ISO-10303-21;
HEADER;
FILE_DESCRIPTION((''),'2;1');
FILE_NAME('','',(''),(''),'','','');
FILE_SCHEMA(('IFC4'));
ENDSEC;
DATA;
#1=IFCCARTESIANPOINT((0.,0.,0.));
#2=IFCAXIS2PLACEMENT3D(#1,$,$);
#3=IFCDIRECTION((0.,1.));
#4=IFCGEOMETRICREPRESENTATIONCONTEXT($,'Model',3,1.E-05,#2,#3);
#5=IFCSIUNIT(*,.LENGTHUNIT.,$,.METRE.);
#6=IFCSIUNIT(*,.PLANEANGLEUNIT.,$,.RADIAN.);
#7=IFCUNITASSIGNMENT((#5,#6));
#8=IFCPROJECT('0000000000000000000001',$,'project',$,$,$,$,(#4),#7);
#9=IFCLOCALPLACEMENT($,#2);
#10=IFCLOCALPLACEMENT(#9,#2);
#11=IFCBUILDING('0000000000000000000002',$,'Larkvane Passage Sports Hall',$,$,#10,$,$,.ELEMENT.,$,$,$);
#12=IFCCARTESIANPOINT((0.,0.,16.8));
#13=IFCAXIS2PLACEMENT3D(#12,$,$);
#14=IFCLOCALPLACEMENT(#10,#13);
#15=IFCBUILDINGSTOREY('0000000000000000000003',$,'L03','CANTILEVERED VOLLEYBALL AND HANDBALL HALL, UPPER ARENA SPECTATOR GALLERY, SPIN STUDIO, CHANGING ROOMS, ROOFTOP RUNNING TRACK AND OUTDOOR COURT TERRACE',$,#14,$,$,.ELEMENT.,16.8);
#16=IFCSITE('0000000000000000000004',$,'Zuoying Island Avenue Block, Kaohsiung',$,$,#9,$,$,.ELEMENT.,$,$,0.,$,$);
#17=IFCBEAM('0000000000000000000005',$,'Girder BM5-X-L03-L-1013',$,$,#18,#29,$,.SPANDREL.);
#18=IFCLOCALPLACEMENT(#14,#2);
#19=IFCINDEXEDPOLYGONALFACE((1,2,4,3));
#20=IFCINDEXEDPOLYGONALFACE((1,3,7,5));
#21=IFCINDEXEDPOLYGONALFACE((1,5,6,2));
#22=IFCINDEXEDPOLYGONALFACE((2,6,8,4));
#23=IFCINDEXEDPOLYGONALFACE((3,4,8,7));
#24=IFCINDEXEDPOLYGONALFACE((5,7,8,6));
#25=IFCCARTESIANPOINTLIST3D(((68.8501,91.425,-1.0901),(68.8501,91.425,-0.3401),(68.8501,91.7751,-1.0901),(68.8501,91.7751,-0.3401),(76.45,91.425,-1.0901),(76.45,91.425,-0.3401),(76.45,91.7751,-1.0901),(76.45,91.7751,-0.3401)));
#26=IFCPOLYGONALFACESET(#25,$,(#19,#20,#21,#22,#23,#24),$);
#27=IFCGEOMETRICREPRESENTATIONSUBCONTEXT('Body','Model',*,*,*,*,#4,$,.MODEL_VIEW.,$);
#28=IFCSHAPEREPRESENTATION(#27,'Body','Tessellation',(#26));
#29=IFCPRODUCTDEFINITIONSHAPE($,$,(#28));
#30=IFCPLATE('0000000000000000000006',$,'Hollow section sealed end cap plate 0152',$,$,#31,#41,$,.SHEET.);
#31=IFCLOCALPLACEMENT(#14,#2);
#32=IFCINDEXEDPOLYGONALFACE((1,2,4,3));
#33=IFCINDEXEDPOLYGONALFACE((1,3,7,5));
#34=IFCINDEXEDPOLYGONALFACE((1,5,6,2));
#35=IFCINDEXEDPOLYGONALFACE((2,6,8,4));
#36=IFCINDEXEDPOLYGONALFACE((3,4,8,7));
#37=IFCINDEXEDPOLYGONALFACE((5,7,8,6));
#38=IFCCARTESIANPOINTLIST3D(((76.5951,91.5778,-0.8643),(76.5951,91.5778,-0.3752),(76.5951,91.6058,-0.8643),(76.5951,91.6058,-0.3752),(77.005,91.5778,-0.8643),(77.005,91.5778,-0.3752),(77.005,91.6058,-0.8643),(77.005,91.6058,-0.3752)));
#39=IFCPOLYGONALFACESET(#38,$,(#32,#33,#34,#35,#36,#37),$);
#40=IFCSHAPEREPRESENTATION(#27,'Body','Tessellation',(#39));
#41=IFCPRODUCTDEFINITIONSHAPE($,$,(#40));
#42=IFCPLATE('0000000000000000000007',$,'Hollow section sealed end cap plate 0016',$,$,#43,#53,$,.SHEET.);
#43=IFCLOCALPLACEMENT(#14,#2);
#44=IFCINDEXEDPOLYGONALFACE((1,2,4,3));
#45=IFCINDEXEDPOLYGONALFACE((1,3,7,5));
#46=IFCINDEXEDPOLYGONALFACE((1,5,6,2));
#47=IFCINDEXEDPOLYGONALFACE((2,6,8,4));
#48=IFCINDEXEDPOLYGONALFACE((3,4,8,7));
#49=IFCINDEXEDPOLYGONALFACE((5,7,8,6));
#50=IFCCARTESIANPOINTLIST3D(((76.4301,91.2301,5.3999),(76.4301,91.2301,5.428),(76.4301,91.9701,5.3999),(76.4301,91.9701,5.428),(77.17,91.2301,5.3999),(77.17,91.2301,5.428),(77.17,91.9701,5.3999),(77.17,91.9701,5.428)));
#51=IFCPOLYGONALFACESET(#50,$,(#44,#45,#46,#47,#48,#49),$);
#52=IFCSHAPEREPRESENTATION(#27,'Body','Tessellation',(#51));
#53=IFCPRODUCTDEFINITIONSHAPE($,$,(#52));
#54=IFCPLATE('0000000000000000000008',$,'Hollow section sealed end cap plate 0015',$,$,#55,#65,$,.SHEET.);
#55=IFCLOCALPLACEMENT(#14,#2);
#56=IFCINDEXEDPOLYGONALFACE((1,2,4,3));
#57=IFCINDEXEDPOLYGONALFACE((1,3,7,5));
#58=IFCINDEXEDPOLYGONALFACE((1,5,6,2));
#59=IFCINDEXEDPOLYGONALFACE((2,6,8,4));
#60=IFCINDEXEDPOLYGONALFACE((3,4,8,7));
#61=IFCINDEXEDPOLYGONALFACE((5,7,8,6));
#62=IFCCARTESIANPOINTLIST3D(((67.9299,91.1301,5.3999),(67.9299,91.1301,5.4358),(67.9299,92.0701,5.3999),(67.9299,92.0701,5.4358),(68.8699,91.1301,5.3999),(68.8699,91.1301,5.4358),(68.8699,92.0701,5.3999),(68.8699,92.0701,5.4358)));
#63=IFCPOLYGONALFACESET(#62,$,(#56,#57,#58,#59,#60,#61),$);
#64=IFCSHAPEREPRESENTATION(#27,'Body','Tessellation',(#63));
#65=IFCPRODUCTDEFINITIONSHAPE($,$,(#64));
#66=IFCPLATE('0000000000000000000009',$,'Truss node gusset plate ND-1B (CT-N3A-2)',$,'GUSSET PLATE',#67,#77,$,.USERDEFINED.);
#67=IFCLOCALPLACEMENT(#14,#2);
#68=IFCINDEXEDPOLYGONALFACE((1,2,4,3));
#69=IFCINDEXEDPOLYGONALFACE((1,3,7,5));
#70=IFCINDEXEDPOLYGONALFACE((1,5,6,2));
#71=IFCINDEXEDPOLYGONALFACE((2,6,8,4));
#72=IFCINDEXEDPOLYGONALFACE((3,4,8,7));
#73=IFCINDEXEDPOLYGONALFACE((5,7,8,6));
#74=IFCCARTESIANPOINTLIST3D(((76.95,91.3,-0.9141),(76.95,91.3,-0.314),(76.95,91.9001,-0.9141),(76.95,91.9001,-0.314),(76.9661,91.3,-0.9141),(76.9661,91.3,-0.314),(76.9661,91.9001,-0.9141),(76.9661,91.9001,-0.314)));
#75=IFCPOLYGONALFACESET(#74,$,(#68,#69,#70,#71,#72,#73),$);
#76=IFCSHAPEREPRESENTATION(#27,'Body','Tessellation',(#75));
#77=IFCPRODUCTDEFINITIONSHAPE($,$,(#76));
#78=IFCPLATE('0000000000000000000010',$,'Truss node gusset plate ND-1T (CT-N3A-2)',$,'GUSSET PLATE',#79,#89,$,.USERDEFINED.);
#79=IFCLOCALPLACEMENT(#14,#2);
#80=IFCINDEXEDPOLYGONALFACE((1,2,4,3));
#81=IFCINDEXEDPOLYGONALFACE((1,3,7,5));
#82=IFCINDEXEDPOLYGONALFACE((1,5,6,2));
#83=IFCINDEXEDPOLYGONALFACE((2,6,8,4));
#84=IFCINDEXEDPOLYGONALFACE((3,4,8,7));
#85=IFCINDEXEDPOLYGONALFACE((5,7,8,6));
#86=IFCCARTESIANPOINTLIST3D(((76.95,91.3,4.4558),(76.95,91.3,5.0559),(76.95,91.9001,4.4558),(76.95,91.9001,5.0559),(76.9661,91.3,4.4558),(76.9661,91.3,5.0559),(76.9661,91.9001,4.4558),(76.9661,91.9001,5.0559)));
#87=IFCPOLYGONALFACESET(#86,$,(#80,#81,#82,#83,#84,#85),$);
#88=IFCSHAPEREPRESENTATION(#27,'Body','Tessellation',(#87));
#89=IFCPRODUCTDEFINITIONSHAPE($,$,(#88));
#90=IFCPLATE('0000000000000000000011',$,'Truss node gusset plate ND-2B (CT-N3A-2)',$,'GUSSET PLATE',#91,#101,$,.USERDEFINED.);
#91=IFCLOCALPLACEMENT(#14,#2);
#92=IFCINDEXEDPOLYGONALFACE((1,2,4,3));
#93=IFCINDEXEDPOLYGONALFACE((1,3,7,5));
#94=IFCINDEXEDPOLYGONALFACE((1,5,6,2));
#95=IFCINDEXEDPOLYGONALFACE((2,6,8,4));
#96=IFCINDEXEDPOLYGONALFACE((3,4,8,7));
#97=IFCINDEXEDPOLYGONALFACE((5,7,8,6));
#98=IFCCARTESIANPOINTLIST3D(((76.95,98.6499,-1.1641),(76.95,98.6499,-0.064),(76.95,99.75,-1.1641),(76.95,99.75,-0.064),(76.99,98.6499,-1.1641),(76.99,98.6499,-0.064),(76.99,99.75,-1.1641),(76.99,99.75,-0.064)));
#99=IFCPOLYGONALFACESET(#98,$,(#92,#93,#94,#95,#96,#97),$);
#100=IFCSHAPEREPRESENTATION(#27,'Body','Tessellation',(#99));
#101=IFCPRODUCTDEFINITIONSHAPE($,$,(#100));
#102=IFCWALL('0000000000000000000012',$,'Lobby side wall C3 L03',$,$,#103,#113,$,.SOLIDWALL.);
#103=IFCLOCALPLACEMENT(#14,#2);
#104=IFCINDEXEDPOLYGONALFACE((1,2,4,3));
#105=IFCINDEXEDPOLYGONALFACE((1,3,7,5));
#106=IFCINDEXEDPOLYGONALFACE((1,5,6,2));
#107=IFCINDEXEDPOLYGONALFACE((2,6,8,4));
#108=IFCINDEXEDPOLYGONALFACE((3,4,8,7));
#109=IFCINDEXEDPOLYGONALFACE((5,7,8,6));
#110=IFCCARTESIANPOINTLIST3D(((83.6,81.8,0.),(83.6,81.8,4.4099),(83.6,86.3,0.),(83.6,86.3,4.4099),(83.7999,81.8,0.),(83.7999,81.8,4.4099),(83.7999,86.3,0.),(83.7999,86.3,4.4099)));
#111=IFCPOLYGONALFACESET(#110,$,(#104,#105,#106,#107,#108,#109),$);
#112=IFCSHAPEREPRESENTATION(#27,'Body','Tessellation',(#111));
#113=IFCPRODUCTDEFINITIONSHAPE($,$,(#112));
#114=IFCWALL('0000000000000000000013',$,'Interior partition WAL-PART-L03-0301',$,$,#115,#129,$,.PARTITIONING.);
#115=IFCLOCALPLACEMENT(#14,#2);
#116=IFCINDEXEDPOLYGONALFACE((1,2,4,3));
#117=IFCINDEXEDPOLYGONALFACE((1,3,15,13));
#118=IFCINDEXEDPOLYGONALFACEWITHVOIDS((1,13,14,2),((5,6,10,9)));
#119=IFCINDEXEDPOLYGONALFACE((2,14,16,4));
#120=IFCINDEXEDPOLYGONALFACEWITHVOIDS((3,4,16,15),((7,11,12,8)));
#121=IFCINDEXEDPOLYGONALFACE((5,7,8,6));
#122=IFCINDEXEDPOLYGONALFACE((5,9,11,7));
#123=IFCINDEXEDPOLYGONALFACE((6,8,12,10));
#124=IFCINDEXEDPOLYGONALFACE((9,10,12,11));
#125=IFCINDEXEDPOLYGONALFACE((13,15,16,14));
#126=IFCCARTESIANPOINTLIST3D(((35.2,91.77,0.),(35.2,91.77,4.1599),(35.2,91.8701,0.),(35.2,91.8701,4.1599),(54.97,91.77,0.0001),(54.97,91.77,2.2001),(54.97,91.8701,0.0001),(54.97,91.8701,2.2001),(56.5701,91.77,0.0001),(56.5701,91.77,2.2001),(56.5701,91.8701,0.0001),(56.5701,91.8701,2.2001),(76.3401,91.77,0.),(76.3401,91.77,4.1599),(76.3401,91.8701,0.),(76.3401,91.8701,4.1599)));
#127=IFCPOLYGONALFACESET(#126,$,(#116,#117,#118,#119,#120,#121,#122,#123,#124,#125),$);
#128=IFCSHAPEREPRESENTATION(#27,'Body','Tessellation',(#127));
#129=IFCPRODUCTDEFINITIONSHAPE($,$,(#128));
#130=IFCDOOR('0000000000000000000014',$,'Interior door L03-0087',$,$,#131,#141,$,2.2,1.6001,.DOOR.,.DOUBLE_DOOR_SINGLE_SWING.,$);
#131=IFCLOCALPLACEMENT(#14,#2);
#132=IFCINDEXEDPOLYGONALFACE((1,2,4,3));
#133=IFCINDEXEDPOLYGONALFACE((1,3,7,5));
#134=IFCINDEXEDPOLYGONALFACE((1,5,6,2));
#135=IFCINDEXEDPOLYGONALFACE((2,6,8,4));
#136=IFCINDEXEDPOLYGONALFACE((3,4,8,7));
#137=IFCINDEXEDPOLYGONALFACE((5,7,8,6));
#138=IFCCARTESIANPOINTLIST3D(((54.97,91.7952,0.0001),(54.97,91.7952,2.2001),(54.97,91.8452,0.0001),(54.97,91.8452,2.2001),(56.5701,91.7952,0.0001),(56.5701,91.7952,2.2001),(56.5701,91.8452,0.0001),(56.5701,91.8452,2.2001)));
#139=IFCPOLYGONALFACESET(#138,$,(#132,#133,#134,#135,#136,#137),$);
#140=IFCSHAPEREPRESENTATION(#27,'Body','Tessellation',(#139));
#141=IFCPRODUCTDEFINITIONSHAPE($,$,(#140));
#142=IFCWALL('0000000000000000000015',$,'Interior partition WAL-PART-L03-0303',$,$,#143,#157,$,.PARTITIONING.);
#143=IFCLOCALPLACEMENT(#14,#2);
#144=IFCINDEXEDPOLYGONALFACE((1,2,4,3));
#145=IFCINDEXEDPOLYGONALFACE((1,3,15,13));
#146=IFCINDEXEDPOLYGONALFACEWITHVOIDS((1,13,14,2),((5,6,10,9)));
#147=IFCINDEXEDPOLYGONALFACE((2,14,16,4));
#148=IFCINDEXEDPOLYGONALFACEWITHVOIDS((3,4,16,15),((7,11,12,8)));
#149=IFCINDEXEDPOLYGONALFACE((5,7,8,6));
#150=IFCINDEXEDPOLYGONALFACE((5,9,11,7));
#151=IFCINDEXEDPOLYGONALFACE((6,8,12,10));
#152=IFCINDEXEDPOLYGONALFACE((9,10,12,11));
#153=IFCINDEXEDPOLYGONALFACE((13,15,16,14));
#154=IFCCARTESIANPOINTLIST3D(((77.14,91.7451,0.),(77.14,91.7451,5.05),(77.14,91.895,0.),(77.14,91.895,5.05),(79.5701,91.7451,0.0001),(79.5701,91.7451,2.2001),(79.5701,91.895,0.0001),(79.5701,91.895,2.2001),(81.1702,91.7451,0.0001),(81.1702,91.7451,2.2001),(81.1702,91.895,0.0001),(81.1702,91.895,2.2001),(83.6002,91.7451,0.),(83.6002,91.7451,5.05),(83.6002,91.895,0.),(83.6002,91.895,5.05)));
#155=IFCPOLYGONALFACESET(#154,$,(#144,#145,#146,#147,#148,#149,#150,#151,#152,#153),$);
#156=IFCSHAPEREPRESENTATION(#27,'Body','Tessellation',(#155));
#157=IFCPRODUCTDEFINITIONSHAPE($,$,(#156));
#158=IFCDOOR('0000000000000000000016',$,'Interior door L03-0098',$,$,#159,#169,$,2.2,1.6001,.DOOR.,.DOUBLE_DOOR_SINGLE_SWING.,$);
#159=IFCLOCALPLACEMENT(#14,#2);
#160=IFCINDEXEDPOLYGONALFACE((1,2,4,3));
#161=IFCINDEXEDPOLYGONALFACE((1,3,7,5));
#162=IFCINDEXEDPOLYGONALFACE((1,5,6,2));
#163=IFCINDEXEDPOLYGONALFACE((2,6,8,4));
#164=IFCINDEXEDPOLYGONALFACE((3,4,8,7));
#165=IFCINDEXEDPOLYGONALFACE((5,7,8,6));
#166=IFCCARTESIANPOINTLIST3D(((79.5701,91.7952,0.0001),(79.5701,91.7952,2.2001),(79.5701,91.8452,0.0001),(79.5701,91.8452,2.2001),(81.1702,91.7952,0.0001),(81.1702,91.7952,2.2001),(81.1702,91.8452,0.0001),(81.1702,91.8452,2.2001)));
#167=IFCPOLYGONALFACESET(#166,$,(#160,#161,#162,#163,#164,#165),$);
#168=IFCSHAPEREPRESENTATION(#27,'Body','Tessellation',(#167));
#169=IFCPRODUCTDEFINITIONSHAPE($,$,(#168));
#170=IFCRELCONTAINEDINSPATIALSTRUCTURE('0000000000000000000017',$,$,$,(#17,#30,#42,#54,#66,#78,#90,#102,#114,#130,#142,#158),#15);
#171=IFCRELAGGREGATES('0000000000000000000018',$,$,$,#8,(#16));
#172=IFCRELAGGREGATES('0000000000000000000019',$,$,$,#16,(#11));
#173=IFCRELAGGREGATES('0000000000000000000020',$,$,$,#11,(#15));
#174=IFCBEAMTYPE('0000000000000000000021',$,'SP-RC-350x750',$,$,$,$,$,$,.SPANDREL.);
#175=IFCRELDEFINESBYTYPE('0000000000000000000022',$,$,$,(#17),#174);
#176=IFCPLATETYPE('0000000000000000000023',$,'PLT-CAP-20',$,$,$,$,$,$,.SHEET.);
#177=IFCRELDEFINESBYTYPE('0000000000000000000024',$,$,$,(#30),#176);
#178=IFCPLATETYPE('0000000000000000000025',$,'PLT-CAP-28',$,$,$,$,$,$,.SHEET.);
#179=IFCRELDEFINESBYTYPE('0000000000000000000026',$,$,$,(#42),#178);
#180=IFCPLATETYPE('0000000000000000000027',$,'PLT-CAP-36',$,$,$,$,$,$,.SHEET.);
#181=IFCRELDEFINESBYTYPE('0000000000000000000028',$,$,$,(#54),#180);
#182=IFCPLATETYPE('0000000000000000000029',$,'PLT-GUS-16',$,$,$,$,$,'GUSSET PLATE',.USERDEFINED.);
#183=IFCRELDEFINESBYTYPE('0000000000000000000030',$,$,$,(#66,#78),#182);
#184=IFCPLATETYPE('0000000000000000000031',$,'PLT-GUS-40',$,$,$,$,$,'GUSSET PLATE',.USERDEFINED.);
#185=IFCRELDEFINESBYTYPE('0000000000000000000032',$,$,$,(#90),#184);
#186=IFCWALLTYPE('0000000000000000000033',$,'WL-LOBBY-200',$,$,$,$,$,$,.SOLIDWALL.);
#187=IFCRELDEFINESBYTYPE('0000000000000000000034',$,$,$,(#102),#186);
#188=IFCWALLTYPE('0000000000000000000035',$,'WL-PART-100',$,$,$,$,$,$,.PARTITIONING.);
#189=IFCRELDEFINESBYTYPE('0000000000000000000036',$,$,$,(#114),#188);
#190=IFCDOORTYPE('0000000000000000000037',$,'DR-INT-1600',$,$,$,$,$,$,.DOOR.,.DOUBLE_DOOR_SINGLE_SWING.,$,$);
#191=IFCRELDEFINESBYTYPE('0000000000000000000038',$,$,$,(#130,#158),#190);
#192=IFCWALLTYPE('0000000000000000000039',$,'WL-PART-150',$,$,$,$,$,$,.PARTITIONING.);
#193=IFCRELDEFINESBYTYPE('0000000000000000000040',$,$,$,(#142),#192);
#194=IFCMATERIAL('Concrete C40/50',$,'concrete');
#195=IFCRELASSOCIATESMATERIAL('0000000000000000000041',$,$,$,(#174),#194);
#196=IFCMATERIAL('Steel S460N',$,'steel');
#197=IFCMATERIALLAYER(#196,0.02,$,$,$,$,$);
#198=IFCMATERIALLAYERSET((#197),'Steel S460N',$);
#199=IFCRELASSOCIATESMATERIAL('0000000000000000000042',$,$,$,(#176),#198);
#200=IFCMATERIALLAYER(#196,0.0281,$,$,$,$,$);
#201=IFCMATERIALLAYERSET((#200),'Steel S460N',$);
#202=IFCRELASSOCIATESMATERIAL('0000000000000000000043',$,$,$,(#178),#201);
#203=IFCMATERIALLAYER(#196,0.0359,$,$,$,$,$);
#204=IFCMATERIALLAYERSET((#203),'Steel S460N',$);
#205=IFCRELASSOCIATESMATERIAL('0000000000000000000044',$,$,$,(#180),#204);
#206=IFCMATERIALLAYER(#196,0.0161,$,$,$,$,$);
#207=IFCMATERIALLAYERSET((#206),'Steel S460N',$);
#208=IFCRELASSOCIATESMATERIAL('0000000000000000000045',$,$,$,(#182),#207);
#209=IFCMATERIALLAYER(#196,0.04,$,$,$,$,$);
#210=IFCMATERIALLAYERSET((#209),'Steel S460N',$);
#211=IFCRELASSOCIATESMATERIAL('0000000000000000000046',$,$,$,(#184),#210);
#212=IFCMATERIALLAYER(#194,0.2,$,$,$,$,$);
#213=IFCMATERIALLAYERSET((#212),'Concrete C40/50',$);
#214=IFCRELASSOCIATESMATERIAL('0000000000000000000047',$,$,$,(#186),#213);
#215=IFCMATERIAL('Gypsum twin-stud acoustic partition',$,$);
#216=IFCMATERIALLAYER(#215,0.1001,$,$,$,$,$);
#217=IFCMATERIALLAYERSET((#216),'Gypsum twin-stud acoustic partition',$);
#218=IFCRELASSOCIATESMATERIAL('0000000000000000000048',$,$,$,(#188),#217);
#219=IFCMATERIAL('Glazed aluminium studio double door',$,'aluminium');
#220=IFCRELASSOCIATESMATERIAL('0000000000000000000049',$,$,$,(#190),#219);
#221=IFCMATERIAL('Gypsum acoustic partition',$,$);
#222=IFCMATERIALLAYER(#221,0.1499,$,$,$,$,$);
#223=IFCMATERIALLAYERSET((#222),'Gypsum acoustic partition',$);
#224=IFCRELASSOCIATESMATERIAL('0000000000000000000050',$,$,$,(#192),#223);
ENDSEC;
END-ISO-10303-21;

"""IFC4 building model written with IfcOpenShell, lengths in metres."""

from ifc_helpers import new_model, si_unit, direction, frame, frame_2d, origin, origin_2d, place, context, subcontext, project, spatial, rectangle, extrude, material, layer, layer_set, material_profile, profile_set, type_object, element, fill, save


model = new_model("IFC4")

# Units and contexts
model_context = context("Model", 3, precision=1e-05, world=origin(), true_north=direction((0.0, 1.0)))
body_context = subcontext(model_context, "Body", "Model", "MODEL_VIEW")
ifc_project = project(units=[si_unit("LENGTHUNIT", "METRE"), si_unit("PLANEANGLEUNIT", "RADIAN")], contexts=[model_context])

# Site, building, storey
site_placement = place(None, origin())
site = spatial("IfcSite", under=ifc_project, at=site_placement, Name="Zuoying Island Avenue Block, Kaohsiung", CompositionType="ELEMENT", RefElevation=0.0)
building_placement = place(site_placement, origin())
building = spatial("IfcBuilding", under=site, at=building_placement, Name="Larkvane Passage Sports Hall", CompositionType="ELEMENT")
storey_placement = place(building_placement, frame((0.0, 0.0, 16.8)))
storey = spatial("IfcBuildingStorey", under=building, at=storey_placement, Name="L03", Description="CANTILEVERED VOLLEYBALL AND HANDBALL HALL, UPPER ARENA SPECTATOR GALLERY, SPIN STUDIO, CHANGING ROOMS, ROOFTOP RUNNING TRACK AND OUTDOOR COURT TERRACE", CompositionType="ELEMENT", Elevation=16.8)

# Shared definitions
ifc_material_1 = material(Name="Steel S460N", Category="steel")

# Beam
ifc_material_2 = material(Name="Concrete C40/50", Category="concrete")
ifc_material_profile_1 = material_profile(ifc_material_2, rectangle(XDim=0.3501, YDim=0.75, at=origin_2d()), Name="RC-SP-350x750")
ifc_profile_set_1 = profile_set([ifc_material_profile_1], Name="Concrete C40/50")
beam_type_1 = type_object("IfcBeamType", Name="SP-RC-350x750", PredefinedType="SPANDREL", material=ifc_profile_set_1)
beam_1_placement = place(storey_placement, frame((68.8501, 91.6001, -0.7151), z_axis=(1.0, 0.0, 0.0), x_axis=(0.0, 1.0, 0.0)))
element("IfcBeam", 1, at=beam_1_placement, inside=storey, type_object=beam_type_1, Name="Girder BM5-X-L03-L-1013", PredefinedType="SPANDREL", context=body_context, shape_type="SweptSolid", body=[
    extrude(rectangle(XDim=0.3501, YDim=0.75, at=origin_2d()), origin(), (0.0, 0.0, 1.0), 7.5999),
])

# Plates
ifc_layer_1 = layer(ifc_material_1, 0.02)
ifc_layer_set_1 = layer_set([ifc_layer_1], Name="Steel S460N")
plate_type_1 = type_object("IfcPlateType", Name="PLT-CAP-20", PredefinedType="SHEET", material=ifc_layer_set_1)
plate_1_placement = place(storey_placement, frame((76.8, 91.5918, -0.8643), z_axis=(0.0, 0.0, 1.0), x_axis=(-1.0, 0.0, 0.0)))
element("IfcPlate", 2, at=plate_1_placement, inside=storey, type_object=plate_type_1, Name="Hollow section sealed end cap plate 0152", PredefinedType="SHEET", context=body_context, shape_type="SweptSolid", body=[
    extrude(rectangle(XDim=0.4099, YDim=0.0281, at=origin_2d()), origin(), (0.0, 0.0, 1.0), 0.489),
])
ifc_layer_2 = layer(ifc_material_1, 0.0281)
ifc_layer_set_2 = layer_set([ifc_layer_2], Name="Steel S460N")
plate_type_2 = type_object("IfcPlateType", Name="PLT-CAP-28", PredefinedType="SHEET", material=ifc_layer_set_2)
plate_2_placement = place(storey_placement, frame((76.8, 91.6001, 5.3999), z_axis=(0.0, 0.0, 1.0), x_axis=(1.0, 0.0, 0.0)))
element("IfcPlate", 3, at=plate_2_placement, inside=storey, type_object=plate_type_2, Name="Hollow section sealed end cap plate 0016", PredefinedType="SHEET", context=body_context, shape_type="SweptSolid", body=[
    extrude(rectangle(XDim=0.74, YDim=0.74, at=origin_2d()), origin(), (0.0, 0.0, 1.0), 0.0281),
])
ifc_layer_3 = layer(ifc_material_1, 0.0359)
ifc_layer_set_3 = layer_set([ifc_layer_3], Name="Steel S460N")
plate_type_3 = type_object("IfcPlateType", Name="PLT-CAP-36", PredefinedType="SHEET", material=ifc_layer_set_3)
plate_3_placement = place(storey_placement, frame((68.3999, 91.6001, 5.3999), z_axis=(0.0, 0.0, 1.0), x_axis=(1.0, 0.0, 0.0)))
element("IfcPlate", 4, at=plate_3_placement, inside=storey, type_object=plate_type_3, Name="Hollow section sealed end cap plate 0015", PredefinedType="SHEET", context=body_context, shape_type="SweptSolid", body=[
    extrude(rectangle(XDim=0.9399, YDim=0.9399, at=origin_2d()), origin(), (0.0, 0.0, 1.0), 0.0359),
])
ifc_layer_4 = layer(ifc_material_1, 0.0161)
ifc_layer_set_4 = layer_set([ifc_layer_4], Name="Steel S460N")
plate_type_4 = type_object("IfcPlateType", Name="PLT-GUS-16", ElementType="GUSSET PLATE", PredefinedType="USERDEFINED", material=ifc_layer_set_4)
for number, where, z_axis, x_axis, name in (
    (5, (76.958, 91.6001, -0.9141), (0.0, 0.0, 1.0), (0.0, 1.0, 0.0), "Truss node gusset plate ND-1B (CT-N3A-2)"),
    (6, (76.958, 91.6001, 4.4558), (0.0, 0.0, 1.0), (0.0, 1.0, 0.0), "Truss node gusset plate ND-1T (CT-N3A-2)"),
):
    element("IfcPlate", number, at=place(storey_placement, frame(where, z_axis=z_axis, x_axis=x_axis)), inside=storey, type_object=plate_type_4, Name=name, ObjectType="GUSSET PLATE", PredefinedType="USERDEFINED", context=body_context, shape_type="SweptSolid", body=[
        extrude(rectangle(XDim=0.6001, YDim=0.0161, at=origin_2d()), origin(), (0.0, 0.0, 1.0), 0.6001),
    ])
ifc_layer_5 = layer(ifc_material_1, 0.04)
ifc_layer_set_5 = layer_set([ifc_layer_5], Name="Steel S460N")
plate_type_5 = type_object("IfcPlateType", Name="PLT-GUS-40", ElementType="GUSSET PLATE", PredefinedType="USERDEFINED", material=ifc_layer_set_5)
plate_4_placement = place(storey_placement, frame((76.97, 99.2, -1.1641), z_axis=(0.0, 0.0, 1.0), x_axis=(0.0, 1.0, 0.0)))
element("IfcPlate", 7, at=plate_4_placement, inside=storey, type_object=plate_type_5, Name="Truss node gusset plate ND-2B (CT-N3A-2)", ObjectType="GUSSET PLATE", PredefinedType="USERDEFINED", context=body_context, shape_type="SweptSolid", body=[
    extrude(rectangle(XDim=1.1001, YDim=0.04, at=origin_2d()), origin(), (0.0, 0.0, 1.0), 1.1001),
])

# Wall
ifc_layer_6 = layer(ifc_material_2, 0.2)
ifc_layer_set_6 = layer_set([ifc_layer_6], Name="Concrete C40/50")
wall_type_1 = type_object("IfcWallType", Name="WL-LOBBY-200", PredefinedType="SOLIDWALL", material=ifc_layer_set_6)
wall_1_placement = place(storey_placement, frame((83.7, 81.8, 0.0), z_axis=(0.0, 0.0, 1.0), x_axis=(0.0, 1.0, 0.0)))
element("IfcWall", 8, at=wall_1_placement, inside=storey, type_object=wall_type_1, Name="Lobby side wall C3 L03", PredefinedType="SOLIDWALL", context=body_context, shape_type="SweptSolid", body=[
    extrude(rectangle(XDim=4.5, YDim=0.2, at=frame_2d((2.25, 0.0))), origin(), (0.0, 0.0, 1.0), 4.4099),
])

# Walls, openings, doors
ifc_material_3 = material(Name="Gypsum twin-stud acoustic partition")
ifc_layer_7 = layer(ifc_material_3, 0.1001)
ifc_layer_set_7 = layer_set([ifc_layer_7], Name="Gypsum twin-stud acoustic partition")
wall_type_2 = type_object("IfcWallType", Name="WL-PART-100", PredefinedType="PARTITIONING", material=ifc_layer_set_7)
wall_2_placement = place(storey_placement, frame((76.3401, 91.8201, 0.0), z_axis=(0.0, 0.0, 1.0), x_axis=(-1.0, 0.0, 0.0)))
wall_2 = element("IfcWall", 9, at=wall_2_placement, inside=storey, type_object=wall_type_2, Name="Interior partition WAL-PART-L03-0301", PredefinedType="PARTITIONING", context=body_context, shape_type="SweptSolid", body=[
    extrude(rectangle(XDim=41.1401, YDim=0.1001, at=frame_2d((20.5701, 0.0))), origin(), (0.0, 0.0, 1.0), 4.1599),
])
opening_1_placement = place(wall_2_placement, frame((19.77, 0.0, 0.0)))
opening_1 = element("IfcOpeningElement", 10, at=opening_1_placement, cuts=wall_2, PredefinedType="OPENING", context=body_context, shape_type="SweptSolid", body=[
    extrude(rectangle(XDim=1.6001, YDim=2.2, at=frame_2d((0.8, 1.1001))), frame((0.0, 0.0601, 0.0), z_axis=(0.0, -1.0, 0.0), x_axis=(1.0, 0.0, 0.0)), (0.0, 0.0, 1.0), 0.1201),
])
ifc_material_4 = material(Name="Glazed aluminium studio double door", Category="aluminium")
door_type = type_object("IfcDoorType", Name="DR-INT-1600", OperationType="DOUBLE_DOOR_SINGLE_SWING", PredefinedType="DOOR", material=ifc_material_4)
door_1_placement = place(opening_1_placement, origin())
door_1 = element("IfcDoor", 11, at=door_1_placement, inside=storey, type_object=door_type, Name="Interior door L03-0087", OperationType="DOUBLE_DOOR_SINGLE_SWING", OverallHeight=2.2, OverallWidth=1.6001, PredefinedType="DOOR", context=body_context, shape_type="SweptSolid", body=[
    extrude(rectangle(XDim=1.6001, YDim=2.2, at=frame_2d((0.8, 1.1001))), frame((0.0, 0.0249, 0.0), z_axis=(0.0, -1.0, 0.0), x_axis=(1.0, 0.0, 0.0)), (0.0, 0.0, 1.0), 0.05),
])
fill(opening_1, door_1)
ifc_material_5 = material(Name="Gypsum acoustic partition")
ifc_layer_8 = layer(ifc_material_5, 0.1499)
ifc_layer_set_8 = layer_set([ifc_layer_8], Name="Gypsum acoustic partition")
wall_type_3 = type_object("IfcWallType", Name="WL-PART-150", PredefinedType="PARTITIONING", material=ifc_layer_set_8)
wall_3_placement = place(storey_placement, frame((83.6001, 91.8201, 0.0), z_axis=(0.0, 0.0, 1.0), x_axis=(-1.0, 0.0, 0.0)))
wall_3 = element("IfcWall", 12, at=wall_3_placement, inside=storey, type_object=wall_type_3, Name="Interior partition WAL-PART-L03-0303", PredefinedType="PARTITIONING", context=body_context, shape_type="SweptSolid", body=[
    extrude(rectangle(XDim=6.4602, YDim=0.1499, at=frame_2d((3.23, 0.0))), origin(), (0.0, 0.0, 1.0), 5.05),
])
opening_2_placement = place(wall_3_placement, frame((2.4299, 0.0, 0.0)))
opening_2 = element("IfcOpeningElement", 13, at=opening_2_placement, cuts=wall_3, PredefinedType="OPENING", context=body_context, shape_type="SweptSolid", body=[
    extrude(rectangle(XDim=1.6001, YDim=2.2, at=frame_2d((0.8, 1.1001))), frame((0.0, 0.085, 0.0), z_axis=(0.0, -1.0, 0.0), x_axis=(1.0, 0.0, 0.0)), (0.0, 0.0, 1.0), 0.1699),
])
door_2_placement = place(opening_2_placement, origin())
door_2 = element("IfcDoor", 14, at=door_2_placement, inside=storey, type_object=door_type, Name="Interior door L03-0098", OperationType="DOUBLE_DOOR_SINGLE_SWING", OverallHeight=2.2, OverallWidth=1.6001, PredefinedType="DOOR", context=body_context, shape_type="SweptSolid", body=[
    extrude(rectangle(XDim=1.6001, YDim=2.2, at=frame_2d((0.8, 1.1001))), frame((0.0, 0.0249, 0.0), z_axis=(0.0, -1.0, 0.0), x_axis=(1.0, 0.0, 0.0)), (0.0, 0.0, 1.0), 0.05),
])
fill(opening_2, door_2)

save(model, "model.ifc")
